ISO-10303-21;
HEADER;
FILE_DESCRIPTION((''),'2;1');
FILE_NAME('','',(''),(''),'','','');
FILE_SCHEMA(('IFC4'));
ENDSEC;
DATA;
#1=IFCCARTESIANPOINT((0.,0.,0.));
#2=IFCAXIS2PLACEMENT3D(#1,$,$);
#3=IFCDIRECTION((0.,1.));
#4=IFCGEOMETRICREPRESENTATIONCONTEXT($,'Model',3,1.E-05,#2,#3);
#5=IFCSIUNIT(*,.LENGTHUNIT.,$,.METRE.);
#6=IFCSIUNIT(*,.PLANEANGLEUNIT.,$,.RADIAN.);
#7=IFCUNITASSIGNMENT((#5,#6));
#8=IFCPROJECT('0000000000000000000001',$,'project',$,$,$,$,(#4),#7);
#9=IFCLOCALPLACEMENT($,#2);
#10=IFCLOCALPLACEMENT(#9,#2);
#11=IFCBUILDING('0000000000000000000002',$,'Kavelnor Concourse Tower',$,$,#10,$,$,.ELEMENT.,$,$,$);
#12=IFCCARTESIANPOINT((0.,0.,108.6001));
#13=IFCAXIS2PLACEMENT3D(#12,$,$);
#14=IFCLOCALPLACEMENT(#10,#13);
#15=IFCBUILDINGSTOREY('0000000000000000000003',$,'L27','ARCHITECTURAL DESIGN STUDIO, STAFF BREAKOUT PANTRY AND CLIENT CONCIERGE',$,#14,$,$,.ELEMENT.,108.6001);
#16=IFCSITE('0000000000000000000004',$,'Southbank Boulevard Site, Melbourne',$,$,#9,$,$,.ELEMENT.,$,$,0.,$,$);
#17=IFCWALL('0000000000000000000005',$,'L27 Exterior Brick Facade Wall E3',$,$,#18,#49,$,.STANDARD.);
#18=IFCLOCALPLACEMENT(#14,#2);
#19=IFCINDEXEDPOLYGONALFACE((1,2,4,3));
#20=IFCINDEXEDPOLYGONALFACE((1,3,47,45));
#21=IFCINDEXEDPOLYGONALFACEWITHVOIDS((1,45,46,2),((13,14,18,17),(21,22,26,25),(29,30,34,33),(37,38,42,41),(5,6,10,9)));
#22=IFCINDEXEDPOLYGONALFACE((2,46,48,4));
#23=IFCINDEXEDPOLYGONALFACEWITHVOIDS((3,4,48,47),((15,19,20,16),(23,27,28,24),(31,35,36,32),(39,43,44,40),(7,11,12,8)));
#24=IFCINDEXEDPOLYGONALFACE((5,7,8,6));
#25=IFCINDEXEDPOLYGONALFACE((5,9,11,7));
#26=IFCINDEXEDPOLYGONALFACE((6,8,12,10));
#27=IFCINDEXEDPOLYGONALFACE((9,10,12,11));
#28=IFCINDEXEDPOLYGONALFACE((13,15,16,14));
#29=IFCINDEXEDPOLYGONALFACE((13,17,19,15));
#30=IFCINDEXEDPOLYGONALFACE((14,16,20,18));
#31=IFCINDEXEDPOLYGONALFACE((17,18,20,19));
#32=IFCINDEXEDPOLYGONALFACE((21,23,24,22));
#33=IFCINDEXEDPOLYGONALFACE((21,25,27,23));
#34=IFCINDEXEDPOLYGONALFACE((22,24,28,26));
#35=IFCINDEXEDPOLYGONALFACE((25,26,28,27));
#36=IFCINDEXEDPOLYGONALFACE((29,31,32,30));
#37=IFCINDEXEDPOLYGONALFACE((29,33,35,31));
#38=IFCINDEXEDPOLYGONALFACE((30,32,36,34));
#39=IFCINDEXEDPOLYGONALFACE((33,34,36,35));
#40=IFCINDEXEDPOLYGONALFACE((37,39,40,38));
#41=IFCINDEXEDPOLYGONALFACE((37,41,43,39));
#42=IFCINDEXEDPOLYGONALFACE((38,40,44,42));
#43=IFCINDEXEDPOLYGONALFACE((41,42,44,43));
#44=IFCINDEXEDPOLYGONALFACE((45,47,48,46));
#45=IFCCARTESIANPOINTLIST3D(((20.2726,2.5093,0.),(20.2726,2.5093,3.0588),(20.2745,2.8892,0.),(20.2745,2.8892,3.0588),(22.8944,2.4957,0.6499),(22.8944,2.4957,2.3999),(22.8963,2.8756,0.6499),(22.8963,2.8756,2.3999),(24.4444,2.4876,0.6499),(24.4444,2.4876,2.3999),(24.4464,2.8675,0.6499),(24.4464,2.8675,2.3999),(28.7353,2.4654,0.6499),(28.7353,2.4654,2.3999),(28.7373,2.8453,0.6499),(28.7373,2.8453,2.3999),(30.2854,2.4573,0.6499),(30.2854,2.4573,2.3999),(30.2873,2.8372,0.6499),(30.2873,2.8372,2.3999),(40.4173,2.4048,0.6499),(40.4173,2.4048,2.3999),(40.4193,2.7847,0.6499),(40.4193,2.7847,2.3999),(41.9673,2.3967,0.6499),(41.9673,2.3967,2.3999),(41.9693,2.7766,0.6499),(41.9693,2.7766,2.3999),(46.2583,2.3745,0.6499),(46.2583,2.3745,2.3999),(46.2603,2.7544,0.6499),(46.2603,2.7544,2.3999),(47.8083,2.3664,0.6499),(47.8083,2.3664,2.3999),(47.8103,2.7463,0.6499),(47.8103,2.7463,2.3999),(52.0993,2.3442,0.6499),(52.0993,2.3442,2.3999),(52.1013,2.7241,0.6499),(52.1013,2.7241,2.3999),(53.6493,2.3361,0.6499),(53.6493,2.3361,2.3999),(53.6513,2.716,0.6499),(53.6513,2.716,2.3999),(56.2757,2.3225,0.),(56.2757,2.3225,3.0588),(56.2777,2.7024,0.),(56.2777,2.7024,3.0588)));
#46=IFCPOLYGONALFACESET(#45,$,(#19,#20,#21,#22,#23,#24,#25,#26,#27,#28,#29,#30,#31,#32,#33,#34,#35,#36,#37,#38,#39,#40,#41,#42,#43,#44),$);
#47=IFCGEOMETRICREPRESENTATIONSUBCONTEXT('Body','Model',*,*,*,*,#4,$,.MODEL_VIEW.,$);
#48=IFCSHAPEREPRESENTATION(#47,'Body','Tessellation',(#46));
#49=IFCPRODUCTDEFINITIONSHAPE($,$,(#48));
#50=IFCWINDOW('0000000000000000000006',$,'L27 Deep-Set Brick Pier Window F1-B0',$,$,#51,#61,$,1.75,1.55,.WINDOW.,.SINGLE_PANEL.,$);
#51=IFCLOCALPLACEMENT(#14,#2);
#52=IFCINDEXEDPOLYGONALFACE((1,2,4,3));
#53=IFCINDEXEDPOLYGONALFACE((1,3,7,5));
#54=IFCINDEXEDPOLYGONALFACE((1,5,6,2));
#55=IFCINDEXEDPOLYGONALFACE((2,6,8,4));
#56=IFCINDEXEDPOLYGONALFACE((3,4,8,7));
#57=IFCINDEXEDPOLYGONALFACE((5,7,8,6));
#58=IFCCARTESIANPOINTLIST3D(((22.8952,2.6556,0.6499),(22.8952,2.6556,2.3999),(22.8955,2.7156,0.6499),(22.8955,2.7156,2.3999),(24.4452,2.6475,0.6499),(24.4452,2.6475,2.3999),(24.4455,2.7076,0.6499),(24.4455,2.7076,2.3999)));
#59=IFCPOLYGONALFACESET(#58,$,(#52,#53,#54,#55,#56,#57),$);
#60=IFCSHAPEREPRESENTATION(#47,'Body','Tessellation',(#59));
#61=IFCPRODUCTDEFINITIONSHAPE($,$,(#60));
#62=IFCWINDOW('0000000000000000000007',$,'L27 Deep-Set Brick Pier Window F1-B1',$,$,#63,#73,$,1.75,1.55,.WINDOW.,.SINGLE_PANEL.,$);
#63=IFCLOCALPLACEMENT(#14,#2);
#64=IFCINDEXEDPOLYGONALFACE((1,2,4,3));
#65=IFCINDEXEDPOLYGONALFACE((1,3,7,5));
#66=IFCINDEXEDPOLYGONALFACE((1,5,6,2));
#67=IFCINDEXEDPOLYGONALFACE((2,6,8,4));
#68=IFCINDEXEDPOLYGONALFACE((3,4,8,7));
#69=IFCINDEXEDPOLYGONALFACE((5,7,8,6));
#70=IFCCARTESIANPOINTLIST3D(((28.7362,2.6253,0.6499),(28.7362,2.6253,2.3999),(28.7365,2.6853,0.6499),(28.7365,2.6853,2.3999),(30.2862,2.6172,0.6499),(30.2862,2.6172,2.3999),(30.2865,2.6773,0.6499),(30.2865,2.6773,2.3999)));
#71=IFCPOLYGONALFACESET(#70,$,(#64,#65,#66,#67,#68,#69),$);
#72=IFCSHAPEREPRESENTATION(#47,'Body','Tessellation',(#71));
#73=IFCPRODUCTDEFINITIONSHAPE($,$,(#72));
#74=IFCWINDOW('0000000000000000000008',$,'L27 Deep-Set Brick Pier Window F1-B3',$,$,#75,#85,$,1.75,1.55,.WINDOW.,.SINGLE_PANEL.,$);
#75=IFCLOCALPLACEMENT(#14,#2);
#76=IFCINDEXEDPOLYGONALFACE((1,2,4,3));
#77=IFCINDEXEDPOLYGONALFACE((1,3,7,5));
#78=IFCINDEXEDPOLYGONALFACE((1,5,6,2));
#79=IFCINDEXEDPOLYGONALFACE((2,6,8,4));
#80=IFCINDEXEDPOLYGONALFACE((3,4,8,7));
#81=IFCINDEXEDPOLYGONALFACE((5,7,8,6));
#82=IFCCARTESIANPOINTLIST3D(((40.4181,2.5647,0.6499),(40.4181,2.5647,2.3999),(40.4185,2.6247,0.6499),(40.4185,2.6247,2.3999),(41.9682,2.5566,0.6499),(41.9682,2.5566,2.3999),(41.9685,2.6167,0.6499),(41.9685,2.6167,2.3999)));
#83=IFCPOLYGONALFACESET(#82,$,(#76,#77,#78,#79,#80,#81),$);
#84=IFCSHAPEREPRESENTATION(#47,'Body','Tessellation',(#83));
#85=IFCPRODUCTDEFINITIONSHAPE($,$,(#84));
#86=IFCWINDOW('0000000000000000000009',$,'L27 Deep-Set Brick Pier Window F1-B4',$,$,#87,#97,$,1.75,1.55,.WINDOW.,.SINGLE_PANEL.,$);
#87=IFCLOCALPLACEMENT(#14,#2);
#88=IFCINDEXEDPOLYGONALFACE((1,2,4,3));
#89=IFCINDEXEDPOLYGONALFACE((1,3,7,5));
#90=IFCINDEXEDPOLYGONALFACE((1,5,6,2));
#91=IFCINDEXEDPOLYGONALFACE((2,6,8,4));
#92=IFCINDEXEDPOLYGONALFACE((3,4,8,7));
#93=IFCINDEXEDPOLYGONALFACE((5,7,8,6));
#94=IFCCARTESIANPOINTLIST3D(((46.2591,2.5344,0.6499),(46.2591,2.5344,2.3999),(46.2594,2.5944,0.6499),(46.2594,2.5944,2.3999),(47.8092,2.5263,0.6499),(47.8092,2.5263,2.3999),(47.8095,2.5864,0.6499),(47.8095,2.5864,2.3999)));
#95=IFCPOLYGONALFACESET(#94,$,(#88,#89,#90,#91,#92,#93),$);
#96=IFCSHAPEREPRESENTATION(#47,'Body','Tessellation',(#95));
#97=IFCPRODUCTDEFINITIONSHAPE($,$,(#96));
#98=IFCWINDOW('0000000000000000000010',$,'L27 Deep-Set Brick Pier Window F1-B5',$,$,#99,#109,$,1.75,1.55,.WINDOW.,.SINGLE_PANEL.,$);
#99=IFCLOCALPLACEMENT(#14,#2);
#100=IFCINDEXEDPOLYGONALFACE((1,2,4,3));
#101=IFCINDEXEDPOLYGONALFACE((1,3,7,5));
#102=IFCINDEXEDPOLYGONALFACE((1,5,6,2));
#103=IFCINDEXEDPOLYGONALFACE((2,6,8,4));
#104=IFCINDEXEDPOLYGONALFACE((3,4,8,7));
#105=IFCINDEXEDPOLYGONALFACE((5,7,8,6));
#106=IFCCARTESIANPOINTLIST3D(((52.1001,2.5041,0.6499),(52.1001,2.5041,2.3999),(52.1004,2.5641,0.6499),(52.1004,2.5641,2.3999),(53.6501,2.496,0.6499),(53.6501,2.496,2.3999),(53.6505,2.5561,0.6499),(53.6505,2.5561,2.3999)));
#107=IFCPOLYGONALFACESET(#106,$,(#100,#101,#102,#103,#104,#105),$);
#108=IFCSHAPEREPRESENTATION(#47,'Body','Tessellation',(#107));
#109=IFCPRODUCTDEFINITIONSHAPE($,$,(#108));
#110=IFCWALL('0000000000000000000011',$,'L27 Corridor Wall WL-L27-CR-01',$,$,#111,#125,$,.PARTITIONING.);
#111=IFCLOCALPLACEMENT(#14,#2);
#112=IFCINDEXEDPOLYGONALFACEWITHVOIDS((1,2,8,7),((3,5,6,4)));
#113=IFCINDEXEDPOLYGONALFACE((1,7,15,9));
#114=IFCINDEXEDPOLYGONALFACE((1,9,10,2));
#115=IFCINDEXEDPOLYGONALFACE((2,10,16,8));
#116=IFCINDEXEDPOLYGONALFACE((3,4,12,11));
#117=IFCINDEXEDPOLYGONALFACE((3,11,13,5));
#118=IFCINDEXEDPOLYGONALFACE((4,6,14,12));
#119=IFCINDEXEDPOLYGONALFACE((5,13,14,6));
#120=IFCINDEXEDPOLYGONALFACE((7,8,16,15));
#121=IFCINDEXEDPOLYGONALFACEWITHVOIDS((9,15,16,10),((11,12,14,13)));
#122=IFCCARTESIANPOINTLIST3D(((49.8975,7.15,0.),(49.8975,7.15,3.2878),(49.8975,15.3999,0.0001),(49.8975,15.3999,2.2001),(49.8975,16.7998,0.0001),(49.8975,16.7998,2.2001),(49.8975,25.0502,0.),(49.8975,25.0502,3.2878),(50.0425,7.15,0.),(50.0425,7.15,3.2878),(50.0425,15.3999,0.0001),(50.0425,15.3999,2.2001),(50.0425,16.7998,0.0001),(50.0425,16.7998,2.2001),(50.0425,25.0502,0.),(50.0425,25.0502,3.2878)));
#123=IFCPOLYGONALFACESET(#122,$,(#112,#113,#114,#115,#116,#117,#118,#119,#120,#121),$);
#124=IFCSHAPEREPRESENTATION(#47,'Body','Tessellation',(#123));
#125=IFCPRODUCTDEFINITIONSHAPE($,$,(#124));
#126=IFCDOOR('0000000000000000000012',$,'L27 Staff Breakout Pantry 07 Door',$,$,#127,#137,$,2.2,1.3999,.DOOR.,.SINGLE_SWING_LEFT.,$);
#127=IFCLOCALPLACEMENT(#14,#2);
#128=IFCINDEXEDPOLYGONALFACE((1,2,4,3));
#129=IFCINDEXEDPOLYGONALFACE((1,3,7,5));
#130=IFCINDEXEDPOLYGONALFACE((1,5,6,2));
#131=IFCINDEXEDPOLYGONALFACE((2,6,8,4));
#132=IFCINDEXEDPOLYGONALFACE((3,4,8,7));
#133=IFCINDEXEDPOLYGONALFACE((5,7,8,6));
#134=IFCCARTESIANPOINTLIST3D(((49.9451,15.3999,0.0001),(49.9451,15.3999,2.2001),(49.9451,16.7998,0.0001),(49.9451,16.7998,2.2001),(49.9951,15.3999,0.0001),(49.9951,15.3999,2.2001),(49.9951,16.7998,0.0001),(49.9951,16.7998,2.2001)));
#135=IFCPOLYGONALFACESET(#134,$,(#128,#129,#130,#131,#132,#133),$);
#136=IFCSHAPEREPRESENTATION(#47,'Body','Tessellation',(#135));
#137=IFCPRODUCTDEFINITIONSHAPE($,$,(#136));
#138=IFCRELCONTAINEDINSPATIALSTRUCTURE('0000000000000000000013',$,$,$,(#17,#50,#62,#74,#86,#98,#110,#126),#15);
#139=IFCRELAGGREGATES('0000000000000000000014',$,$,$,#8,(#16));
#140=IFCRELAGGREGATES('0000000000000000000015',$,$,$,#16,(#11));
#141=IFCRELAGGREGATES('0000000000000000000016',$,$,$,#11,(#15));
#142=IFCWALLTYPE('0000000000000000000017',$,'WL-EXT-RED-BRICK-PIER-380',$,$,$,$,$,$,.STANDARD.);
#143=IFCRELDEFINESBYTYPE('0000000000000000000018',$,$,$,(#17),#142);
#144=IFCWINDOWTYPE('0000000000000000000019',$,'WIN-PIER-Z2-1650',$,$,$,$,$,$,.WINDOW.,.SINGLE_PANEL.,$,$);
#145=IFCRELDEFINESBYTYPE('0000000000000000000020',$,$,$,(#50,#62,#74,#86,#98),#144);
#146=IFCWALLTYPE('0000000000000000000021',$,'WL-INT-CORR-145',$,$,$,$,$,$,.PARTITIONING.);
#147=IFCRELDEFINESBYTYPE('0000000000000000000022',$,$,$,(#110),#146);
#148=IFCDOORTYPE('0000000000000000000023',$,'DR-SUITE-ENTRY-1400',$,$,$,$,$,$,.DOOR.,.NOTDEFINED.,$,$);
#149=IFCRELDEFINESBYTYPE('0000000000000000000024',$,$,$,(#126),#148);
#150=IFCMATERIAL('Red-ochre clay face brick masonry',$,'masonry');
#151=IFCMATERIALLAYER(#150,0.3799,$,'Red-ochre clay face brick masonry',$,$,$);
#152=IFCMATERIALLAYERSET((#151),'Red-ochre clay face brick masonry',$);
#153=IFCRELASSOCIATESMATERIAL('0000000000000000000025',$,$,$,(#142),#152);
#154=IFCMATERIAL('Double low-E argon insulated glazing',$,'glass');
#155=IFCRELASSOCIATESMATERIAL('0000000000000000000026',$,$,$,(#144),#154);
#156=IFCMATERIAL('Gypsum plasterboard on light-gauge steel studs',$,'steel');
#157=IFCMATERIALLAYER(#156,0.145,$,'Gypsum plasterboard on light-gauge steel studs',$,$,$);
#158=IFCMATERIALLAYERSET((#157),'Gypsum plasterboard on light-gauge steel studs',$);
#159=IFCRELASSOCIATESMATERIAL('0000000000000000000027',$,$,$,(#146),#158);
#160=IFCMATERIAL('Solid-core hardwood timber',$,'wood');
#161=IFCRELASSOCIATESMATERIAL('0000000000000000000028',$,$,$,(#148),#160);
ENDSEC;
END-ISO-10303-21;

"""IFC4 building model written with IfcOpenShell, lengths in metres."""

from ifc_helpers import new_model, si_unit, direction, frame, frame_2d, origin, place, context, subcontext, project, spatial, rectangle, extrude, material, layer, layer_set, type_object, element, fill, save


model = new_model("IFC4")

# Units and contexts
model_context = context("Model", 3, precision=1e-05, world=origin(), true_north=direction((0.0, 1.0)))
body_context = subcontext(model_context, "Body", "Model", "MODEL_VIEW")
ifc_project = project(units=[si_unit("LENGTHUNIT", "METRE"), si_unit("PLANEANGLEUNIT", "RADIAN")], contexts=[model_context])

# Site, building, storey
site_placement = place(None, origin())
site = spatial("IfcSite", under=ifc_project, at=site_placement, Name="Southbank Boulevard Site, Melbourne", CompositionType="ELEMENT", RefElevation=0.0)
building_placement = place(site_placement, origin())
building = spatial("IfcBuilding", under=site, at=building_placement, Name="Kavelnor Concourse Tower", CompositionType="ELEMENT")
storey_placement = place(building_placement, frame((0.0, 0.0, 108.6001)))
storey = spatial("IfcBuildingStorey", under=building, at=storey_placement, Name="L27", Description="ARCHITECTURAL DESIGN STUDIO, STAFF BREAKOUT PANTRY AND CLIENT CONCIERGE", CompositionType="ELEMENT", Elevation=108.6001)

# Shared definitions
ifc_material_1 = material(Name="Double low-E argon insulated glazing", Category="glass")

# Wall, openings, windows
ifc_material_2 = material(Name="Red-ochre clay face brick masonry", Category="masonry")
ifc_layer_1 = layer(ifc_material_2, 0.3799, Name="Red-ochre clay face brick masonry")
ifc_layer_set_1 = layer_set([ifc_layer_1], Name="Red-ochre clay face brick masonry")
wall_type_1 = type_object("IfcWallType", Name="WL-EXT-RED-BRICK-PIER-380", PredefinedType="STANDARD", material=ifc_layer_set_1)
wall_1_placement = place(storey_placement, frame((56.2769, 2.5125, 0.0), z_axis=(0.0, 0.0, 1.0), x_axis=(-0.999987, 0.005187, 0.0)))
wall_1 = element("IfcWall", 1, at=wall_1_placement, inside=storey, type_object=wall_type_1, Name="L27 Exterior Brick Facade Wall E3", PredefinedType="STANDARD", context=body_context, shape_type="SweptSolid", body=[
    extrude(rectangle(XDim=36.0037, YDim=0.3799, at=frame_2d((18.002, 0.0))), origin(), (0.0, 0.0, 1.0), 3.0588),
])
opening_1_placement = place(wall_1_placement, frame((31.832, 0.0, 0.6499)))
opening_1 = element("IfcOpeningElement", 2, at=opening_1_placement, cuts=wall_1, PredefinedType="OPENING", context=body_context, shape_type="SweptSolid", body=[
    extrude(rectangle(XDim=1.55, YDim=1.75, at=frame_2d((0.7749, 0.875))), frame((0.0, 0.2, 0.0), z_axis=(0.0, -1.0, 0.0), x_axis=(1.0, 0.0, 0.0)), (0.0, 0.0, 1.0), 0.3999),
])
opening_2_placement = place(wall_1_placement, frame((25.991, 0.0, 0.6499)))
opening_2 = element("IfcOpeningElement", 3, at=opening_2_placement, cuts=wall_1, PredefinedType="OPENING", context=body_context, shape_type="SweptSolid", body=[
    extrude(rectangle(XDim=1.55, YDim=1.75, at=frame_2d((0.7749, 0.875))), frame((0.0, 0.2, 0.0), z_axis=(0.0, -1.0, 0.0), x_axis=(1.0, 0.0, 0.0)), (0.0, 0.0, 1.0), 0.3999),
])
opening_3_placement = place(wall_1_placement, frame((14.3088, 0.0, 0.6499)))
opening_3 = element("IfcOpeningElement", 4, at=opening_3_placement, cuts=wall_1, PredefinedType="OPENING", context=body_context, shape_type="SweptSolid", body=[
    extrude(rectangle(XDim=1.55, YDim=1.75, at=frame_2d((0.7749, 0.875))), frame((0.0, 0.2, 0.0), z_axis=(0.0, -1.0, 0.0), x_axis=(1.0, 0.0, 0.0)), (0.0, 0.0, 1.0), 0.3999),
])
opening_4_placement = place(wall_1_placement, frame((8.4678, 0.0, 0.6499)))
opening_4 = element("IfcOpeningElement", 5, at=opening_4_placement, cuts=wall_1, PredefinedType="OPENING", context=body_context, shape_type="SweptSolid", body=[
    extrude(rectangle(XDim=1.55, YDim=1.75, at=frame_2d((0.7749, 0.875))), frame((0.0, 0.2, 0.0), z_axis=(0.0, -1.0, 0.0), x_axis=(1.0, 0.0, 0.0)), (0.0, 0.0, 1.0), 0.3999),
])
opening_5_placement = place(wall_1_placement, frame((2.6267, 0.0, 0.6499)))
opening_5 = element("IfcOpeningElement", 6, at=opening_5_placement, cuts=wall_1, PredefinedType="OPENING", context=body_context, shape_type="SweptSolid", body=[
    extrude(rectangle(XDim=1.55, YDim=1.75, at=frame_2d((0.7749, 0.875))), frame((0.0, 0.2, 0.0), z_axis=(0.0, -1.0, 0.0), x_axis=(1.0, 0.0, 0.0)), (0.0, 0.0, 1.0), 0.3999),
])
window_type_1 = type_object("IfcWindowType", Name="WIN-PIER-Z2-1650", PartitioningType="SINGLE_PANEL", PredefinedType="WINDOW", material=ifc_material_1)
window_1_placement = place(opening_1_placement, origin())
window_1 = element("IfcWindow", 7, at=window_1_placement, inside=storey, type_object=window_type_1, Name="L27 Deep-Set Brick Pier Window F1-B0", OverallHeight=1.75, OverallWidth=1.55, PartitioningType="SINGLE_PANEL", PredefinedType="WINDOW", context=body_context, shape_type="SweptSolid", body=[
    extrude(rectangle(XDim=1.55, YDim=1.75, at=frame_2d((0.7749, 0.875))), frame((0.0, 0.03, 0.0), z_axis=(0.0, -1.0, 0.0), x_axis=(1.0, 0.0, 0.0)), (0.0, 0.0, 1.0), 0.0601),
])
fill(opening_1, window_1)
window_2_placement = place(opening_2_placement, origin())
window_2 = element("IfcWindow", 8, at=window_2_placement, inside=storey, type_object=window_type_1, Name="L27 Deep-Set Brick Pier Window F1-B1", OverallHeight=1.75, OverallWidth=1.55, PartitioningType="SINGLE_PANEL", PredefinedType="WINDOW", context=body_context, shape_type="SweptSolid", body=[
    extrude(rectangle(XDim=1.55, YDim=1.75, at=frame_2d((0.7749, 0.875))), frame((0.0, 0.03, 0.0), z_axis=(0.0, -1.0, 0.0), x_axis=(1.0, 0.0, 0.0)), (0.0, 0.0, 1.0), 0.0601),
])
fill(opening_2, window_2)
window_3_placement = place(opening_3_placement, origin())
window_3 = element("IfcWindow", 9, at=window_3_placement, inside=storey, type_object=window_type_1, Name="L27 Deep-Set Brick Pier Window F1-B3", OverallHeight=1.75, OverallWidth=1.55, PartitioningType="SINGLE_PANEL", PredefinedType="WINDOW", context=body_context, shape_type="SweptSolid", body=[
    extrude(rectangle(XDim=1.55, YDim=1.75, at=frame_2d((0.7749, 0.875))), frame((0.0, 0.03, 0.0), z_axis=(0.0, -1.0, 0.0), x_axis=(1.0, 0.0, 0.0)), (0.0, 0.0, 1.0), 0.0601),
])
fill(opening_3, window_3)
window_4_placement = place(opening_4_placement, origin())
window_4 = element("IfcWindow", 10, at=window_4_placement, inside=storey, type_object=window_type_1, Name="L27 Deep-Set Brick Pier Window F1-B4", OverallHeight=1.75, OverallWidth=1.55, PartitioningType="SINGLE_PANEL", PredefinedType="WINDOW", context=body_context, shape_type="SweptSolid", body=[
    extrude(rectangle(XDim=1.55, YDim=1.75, at=frame_2d((0.7749, 0.875))), frame((0.0, 0.03, 0.0), z_axis=(0.0, -1.0, 0.0), x_axis=(1.0, 0.0, 0.0)), (0.0, 0.0, 1.0), 0.0601),
])
fill(opening_4, window_4)
window_5_placement = place(opening_5_placement, origin())
window_5 = element("IfcWindow", 11, at=window_5_placement, inside=storey, type_object=window_type_1, Name="L27 Deep-Set Brick Pier Window F1-B5", OverallHeight=1.75, OverallWidth=1.55, PartitioningType="SINGLE_PANEL", PredefinedType="WINDOW", context=body_context, shape_type="SweptSolid", body=[
    extrude(rectangle(XDim=1.55, YDim=1.75, at=frame_2d((0.7749, 0.875))), frame((0.0, 0.03, 0.0), z_axis=(0.0, -1.0, 0.0), x_axis=(1.0, 0.0, 0.0)), (0.0, 0.0, 1.0), 0.0601),
])
fill(opening_5, window_5)

# Wall, opening, door
ifc_material_3 = material(Name="Gypsum plasterboard on light-gauge steel studs", Category="steel")
ifc_layer_2 = layer(ifc_material_3, 0.145, Name="Gypsum plasterboard on light-gauge steel studs")
ifc_layer_set_2 = layer_set([ifc_layer_2], Name="Gypsum plasterboard on light-gauge steel studs")
wall_type_2 = type_object("IfcWallType", Name="WL-INT-CORR-145", PredefinedType="PARTITIONING", material=ifc_layer_set_2)
wall_2_placement = place(storey_placement, frame((49.97, 7.1499, 0.0), z_axis=(0.0, 0.0, 1.0), x_axis=(0.0, 1.0, 0.0)))
wall_2 = element("IfcWall", 12, at=wall_2_placement, inside=storey, type_object=wall_type_2, Name="L27 Corridor Wall WL-L27-CR-01", PredefinedType="PARTITIONING", context=body_context, shape_type="SweptSolid", body=[
    extrude(rectangle(XDim=17.9001, YDim=0.145, at=frame_2d((8.9502, 0.0))), origin(), (0.0, 0.0, 1.0), 3.2878),
])
opening_6_placement = place(wall_2_placement, frame((8.25, 0.0, 0.0)))
opening_6 = element("IfcOpeningElement", 13, at=opening_6_placement, cuts=wall_2, PredefinedType="OPENING", context=body_context, shape_type="SweptSolid", body=[
    extrude(rectangle(XDim=1.3999, YDim=2.2, at=frame_2d((0.7, 1.1001))), frame((0.0, 0.0825, 0.0), z_axis=(0.0, -1.0, 0.0), x_axis=(1.0, 0.0, 0.0)), (0.0, 0.0, 1.0), 0.165),
])
ifc_material_4 = material(Name="Solid-core hardwood timber", Category="wood")
door_type = type_object("IfcDoorType", Name="DR-SUITE-ENTRY-1400", OperationType="NOTDEFINED", PredefinedType="DOOR", material=ifc_material_4)
door_placement = place(opening_6_placement, origin())
door = element("IfcDoor", 14, at=door_placement, inside=storey, type_object=door_type, Name="L27 Staff Breakout Pantry 07 Door", OperationType="SINGLE_SWING_LEFT", OverallHeight=2.2, OverallWidth=1.3999, PredefinedType="DOOR", context=body_context, shape_type="SweptSolid", body=[
    extrude(rectangle(XDim=1.3999, YDim=2.2, at=frame_2d((0.7, 1.1001))), frame((0.0, 0.0249, 0.0), z_axis=(0.0, -1.0, 0.0), x_axis=(1.0, 0.0, 0.0)), (0.0, 0.0, 1.0), 0.05),
])
fill(opening_6, door)

save(model, "model.ifc")
